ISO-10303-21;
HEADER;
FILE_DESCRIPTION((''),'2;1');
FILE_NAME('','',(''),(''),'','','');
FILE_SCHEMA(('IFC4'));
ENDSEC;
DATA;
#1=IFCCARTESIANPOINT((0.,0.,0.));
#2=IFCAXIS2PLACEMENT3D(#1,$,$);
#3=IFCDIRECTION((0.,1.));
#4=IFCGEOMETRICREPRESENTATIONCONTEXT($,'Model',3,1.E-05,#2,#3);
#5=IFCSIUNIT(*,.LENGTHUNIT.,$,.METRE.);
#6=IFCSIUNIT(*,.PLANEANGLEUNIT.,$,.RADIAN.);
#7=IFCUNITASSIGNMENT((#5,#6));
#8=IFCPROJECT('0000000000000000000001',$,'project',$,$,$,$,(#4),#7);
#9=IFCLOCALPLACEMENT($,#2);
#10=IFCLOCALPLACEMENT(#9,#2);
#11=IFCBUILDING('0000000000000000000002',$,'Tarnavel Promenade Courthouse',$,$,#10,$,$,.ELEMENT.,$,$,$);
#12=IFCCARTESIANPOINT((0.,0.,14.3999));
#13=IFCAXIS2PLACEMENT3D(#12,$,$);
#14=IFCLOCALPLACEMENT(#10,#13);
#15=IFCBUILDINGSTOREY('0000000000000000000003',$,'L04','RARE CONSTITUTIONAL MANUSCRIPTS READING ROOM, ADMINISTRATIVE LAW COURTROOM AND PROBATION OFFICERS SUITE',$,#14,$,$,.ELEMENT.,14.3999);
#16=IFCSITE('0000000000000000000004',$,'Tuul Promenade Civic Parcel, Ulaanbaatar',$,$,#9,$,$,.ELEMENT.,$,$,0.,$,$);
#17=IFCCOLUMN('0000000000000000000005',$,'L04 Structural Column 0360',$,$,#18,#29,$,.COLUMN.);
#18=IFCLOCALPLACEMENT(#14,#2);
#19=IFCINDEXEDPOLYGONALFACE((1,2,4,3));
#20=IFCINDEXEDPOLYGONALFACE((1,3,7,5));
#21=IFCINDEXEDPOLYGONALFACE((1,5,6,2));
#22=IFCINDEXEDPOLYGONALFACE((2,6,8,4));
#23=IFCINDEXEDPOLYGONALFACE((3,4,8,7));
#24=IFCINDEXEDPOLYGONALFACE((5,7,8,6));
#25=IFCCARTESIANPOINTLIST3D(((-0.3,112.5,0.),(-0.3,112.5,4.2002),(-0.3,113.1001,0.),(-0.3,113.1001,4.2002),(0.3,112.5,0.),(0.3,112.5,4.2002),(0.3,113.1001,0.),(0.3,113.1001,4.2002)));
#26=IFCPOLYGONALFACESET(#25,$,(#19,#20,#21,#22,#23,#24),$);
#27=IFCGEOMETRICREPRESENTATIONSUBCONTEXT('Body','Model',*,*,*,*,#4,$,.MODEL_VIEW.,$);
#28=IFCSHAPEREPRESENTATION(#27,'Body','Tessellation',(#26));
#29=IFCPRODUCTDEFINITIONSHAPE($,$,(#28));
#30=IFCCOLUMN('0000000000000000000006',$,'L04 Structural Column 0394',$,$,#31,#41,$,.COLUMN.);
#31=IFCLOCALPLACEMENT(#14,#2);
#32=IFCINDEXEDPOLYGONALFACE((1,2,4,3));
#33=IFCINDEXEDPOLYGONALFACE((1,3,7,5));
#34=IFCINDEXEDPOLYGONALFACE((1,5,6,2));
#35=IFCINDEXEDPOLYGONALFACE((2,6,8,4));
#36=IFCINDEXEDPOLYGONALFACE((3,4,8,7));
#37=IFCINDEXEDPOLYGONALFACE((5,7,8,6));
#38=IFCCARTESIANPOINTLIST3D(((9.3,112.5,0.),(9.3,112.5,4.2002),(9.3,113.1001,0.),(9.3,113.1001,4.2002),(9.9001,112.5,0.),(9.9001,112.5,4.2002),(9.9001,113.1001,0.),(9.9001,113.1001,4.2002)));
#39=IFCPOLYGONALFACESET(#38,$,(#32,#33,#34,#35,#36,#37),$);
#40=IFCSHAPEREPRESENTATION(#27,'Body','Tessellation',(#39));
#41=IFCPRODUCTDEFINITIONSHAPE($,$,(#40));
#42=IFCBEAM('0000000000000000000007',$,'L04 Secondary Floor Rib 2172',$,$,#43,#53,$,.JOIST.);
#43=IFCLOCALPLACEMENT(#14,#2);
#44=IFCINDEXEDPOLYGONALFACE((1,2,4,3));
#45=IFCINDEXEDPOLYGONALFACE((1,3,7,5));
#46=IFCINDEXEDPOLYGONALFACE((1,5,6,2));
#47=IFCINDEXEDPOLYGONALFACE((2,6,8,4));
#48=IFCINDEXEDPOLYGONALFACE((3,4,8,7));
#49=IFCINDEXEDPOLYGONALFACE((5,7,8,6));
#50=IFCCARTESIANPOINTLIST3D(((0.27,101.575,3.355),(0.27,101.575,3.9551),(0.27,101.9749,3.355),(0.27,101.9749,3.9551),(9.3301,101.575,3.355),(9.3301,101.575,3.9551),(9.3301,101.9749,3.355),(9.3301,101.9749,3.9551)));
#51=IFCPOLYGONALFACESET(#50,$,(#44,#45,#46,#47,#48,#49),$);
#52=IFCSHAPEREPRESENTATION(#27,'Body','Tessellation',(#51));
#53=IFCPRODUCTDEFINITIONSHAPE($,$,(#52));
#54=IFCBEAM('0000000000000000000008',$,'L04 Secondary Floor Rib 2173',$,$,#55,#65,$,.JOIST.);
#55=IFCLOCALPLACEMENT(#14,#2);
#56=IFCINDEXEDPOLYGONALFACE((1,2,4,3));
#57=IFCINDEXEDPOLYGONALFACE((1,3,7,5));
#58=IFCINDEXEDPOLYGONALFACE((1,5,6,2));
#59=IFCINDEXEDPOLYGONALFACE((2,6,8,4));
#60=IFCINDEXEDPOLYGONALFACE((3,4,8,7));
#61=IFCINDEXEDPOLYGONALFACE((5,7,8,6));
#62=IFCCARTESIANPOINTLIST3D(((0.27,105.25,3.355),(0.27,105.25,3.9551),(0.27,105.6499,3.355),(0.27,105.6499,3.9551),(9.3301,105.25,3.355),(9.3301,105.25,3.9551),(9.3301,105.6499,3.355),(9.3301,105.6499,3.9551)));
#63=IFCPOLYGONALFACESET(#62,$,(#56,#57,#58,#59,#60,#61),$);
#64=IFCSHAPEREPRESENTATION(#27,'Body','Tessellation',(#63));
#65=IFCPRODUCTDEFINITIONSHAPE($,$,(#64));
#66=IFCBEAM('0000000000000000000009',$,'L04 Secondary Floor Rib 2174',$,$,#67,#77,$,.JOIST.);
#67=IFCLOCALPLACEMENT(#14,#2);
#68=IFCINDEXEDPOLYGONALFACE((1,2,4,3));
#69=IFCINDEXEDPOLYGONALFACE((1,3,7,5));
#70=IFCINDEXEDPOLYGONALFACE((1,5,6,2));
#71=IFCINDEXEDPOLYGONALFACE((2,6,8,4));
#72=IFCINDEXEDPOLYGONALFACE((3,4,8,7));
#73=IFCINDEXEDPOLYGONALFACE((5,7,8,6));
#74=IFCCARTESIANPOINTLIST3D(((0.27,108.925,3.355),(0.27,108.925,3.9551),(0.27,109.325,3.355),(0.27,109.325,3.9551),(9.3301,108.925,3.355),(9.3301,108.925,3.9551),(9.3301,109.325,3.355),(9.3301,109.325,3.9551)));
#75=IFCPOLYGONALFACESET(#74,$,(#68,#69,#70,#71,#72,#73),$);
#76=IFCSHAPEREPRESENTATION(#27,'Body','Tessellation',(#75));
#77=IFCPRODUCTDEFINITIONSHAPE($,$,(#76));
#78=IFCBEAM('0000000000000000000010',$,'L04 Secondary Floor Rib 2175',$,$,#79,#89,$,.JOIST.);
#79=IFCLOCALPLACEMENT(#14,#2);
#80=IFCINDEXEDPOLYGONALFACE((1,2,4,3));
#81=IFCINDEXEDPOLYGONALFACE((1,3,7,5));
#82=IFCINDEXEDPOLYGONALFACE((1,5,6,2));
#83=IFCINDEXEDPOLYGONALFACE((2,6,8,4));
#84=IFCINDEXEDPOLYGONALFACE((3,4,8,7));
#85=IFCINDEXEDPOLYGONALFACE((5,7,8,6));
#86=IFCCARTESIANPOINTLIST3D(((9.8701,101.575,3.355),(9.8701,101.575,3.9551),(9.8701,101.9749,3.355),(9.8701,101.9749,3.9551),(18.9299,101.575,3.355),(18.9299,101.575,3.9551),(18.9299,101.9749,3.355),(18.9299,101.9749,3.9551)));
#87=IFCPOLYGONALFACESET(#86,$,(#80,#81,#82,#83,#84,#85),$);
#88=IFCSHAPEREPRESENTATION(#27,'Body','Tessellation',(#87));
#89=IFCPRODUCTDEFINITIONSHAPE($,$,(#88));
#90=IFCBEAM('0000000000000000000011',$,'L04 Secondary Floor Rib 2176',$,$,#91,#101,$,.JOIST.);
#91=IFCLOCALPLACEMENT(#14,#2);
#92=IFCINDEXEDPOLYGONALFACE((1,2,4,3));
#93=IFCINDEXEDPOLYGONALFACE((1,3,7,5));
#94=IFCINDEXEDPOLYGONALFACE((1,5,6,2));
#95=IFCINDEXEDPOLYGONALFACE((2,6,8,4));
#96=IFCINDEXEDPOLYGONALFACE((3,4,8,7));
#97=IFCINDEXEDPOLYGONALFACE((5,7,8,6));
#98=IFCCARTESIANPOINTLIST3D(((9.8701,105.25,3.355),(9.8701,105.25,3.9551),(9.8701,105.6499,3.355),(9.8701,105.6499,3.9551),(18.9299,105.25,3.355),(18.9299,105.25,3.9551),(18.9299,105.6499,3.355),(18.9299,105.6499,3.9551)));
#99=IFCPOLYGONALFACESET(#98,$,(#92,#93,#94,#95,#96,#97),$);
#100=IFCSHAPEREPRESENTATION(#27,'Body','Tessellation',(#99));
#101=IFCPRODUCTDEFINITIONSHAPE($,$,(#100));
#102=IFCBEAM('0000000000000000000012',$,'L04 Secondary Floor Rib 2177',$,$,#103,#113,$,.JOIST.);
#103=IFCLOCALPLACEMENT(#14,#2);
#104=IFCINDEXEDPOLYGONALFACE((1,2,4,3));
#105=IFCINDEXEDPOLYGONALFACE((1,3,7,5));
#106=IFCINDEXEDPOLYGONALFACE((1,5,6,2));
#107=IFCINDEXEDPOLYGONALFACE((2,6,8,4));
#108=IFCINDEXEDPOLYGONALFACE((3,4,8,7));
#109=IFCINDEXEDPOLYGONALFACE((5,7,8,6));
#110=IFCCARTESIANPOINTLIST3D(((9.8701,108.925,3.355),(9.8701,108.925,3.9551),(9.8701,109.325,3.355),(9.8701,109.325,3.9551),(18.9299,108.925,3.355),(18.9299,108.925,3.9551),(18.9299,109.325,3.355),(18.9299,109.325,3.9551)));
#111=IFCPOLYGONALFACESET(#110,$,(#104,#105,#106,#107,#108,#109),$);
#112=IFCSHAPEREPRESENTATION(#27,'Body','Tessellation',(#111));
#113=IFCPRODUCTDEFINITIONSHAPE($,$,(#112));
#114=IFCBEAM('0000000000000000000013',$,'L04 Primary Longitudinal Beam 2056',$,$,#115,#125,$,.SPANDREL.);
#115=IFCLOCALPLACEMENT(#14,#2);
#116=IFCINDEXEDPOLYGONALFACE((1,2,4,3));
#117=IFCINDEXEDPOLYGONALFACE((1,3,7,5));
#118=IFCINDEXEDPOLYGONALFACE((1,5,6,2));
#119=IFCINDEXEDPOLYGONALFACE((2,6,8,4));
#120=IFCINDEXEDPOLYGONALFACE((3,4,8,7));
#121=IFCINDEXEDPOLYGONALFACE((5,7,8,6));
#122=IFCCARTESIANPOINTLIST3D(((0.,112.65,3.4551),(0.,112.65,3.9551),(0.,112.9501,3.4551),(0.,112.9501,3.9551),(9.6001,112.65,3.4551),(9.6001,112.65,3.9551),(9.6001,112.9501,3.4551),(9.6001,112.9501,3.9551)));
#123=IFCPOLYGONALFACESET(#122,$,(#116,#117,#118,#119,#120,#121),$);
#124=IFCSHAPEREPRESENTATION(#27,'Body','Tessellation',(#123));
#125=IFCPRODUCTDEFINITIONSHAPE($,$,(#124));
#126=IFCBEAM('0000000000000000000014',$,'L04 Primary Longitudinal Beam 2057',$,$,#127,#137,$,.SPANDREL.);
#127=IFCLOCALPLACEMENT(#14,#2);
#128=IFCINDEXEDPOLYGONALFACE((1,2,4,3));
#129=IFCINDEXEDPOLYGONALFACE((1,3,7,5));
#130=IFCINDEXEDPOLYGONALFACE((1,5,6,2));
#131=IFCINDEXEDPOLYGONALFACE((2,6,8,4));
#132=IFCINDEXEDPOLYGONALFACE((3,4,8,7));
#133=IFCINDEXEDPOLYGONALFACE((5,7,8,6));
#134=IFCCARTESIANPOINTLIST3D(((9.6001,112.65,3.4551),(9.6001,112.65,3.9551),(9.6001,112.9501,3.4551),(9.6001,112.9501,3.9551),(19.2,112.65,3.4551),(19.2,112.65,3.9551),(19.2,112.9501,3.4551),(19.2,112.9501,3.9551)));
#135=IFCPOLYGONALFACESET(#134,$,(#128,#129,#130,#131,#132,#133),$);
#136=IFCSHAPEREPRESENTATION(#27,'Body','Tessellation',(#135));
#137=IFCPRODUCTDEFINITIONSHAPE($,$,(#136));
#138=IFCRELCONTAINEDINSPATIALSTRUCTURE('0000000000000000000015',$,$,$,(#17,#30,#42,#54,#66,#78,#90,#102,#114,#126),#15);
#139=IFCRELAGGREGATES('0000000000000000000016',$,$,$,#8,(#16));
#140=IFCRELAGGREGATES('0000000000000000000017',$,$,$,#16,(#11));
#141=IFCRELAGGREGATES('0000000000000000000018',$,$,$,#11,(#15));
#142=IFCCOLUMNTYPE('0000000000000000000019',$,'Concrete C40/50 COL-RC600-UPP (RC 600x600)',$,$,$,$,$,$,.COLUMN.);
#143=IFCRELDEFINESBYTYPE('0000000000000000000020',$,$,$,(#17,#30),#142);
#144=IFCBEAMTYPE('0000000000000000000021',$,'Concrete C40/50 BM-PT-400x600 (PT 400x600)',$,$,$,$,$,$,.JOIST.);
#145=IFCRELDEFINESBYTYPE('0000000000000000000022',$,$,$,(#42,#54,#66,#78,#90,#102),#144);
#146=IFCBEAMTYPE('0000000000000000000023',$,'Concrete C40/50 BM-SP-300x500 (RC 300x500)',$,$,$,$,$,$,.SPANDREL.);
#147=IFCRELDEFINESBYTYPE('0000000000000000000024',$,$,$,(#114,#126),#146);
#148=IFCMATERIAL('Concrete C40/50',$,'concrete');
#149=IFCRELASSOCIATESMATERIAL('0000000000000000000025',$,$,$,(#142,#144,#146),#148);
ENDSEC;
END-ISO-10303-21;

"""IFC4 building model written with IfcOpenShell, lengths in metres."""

from ifc_helpers import new_model, si_unit, direction, frame, origin, origin_2d, place, context, subcontext, project, spatial, rectangle, extrude, material, material_profile, profile_set, type_object, element, save


model = new_model("IFC4")

# Units and contexts
model_context = context("Model", 3, precision=1e-05, world=origin(), true_north=direction((0.0, 1.0)))
body_context = subcontext(model_context, "Body", "Model", "MODEL_VIEW")
ifc_project = project(units=[si_unit("LENGTHUNIT", "METRE"), si_unit("PLANEANGLEUNIT", "RADIAN")], contexts=[model_context])

# Site, building, storey
site_placement = place(None, origin())
site = spatial("IfcSite", under=ifc_project, at=site_placement, Name="Tuul Promenade Civic Parcel, Ulaanbaatar", CompositionType="ELEMENT", RefElevation=0.0)
building_placement = place(site_placement, origin())
building = spatial("IfcBuilding", under=site, at=building_placement, Name="Tarnavel Promenade Courthouse", CompositionType="ELEMENT")
storey_placement = place(building_placement, frame((0.0, 0.0, 14.3999)))
storey = spatial("IfcBuildingStorey", under=building, at=storey_placement, Name="L04", Description="RARE CONSTITUTIONAL MANUSCRIPTS READING ROOM, ADMINISTRATIVE LAW COURTROOM AND PROBATION OFFICERS SUITE", CompositionType="ELEMENT", Elevation=14.3999)

# Columns
ifc_material_1 = material(Name="Concrete C40/50", Category="concrete")
ifc_material_profile_1 = material_profile(ifc_material_1, rectangle(XDim=0.6001, YDim=0.6001, at=origin_2d()), Name="RC 600x600")
ifc_profile_set_1 = profile_set([ifc_material_profile_1], Name="Concrete C40/50")
column_type = type_object("IfcColumnType", Name="Concrete C40/50 COL-RC600-UPP (RC 600x600)", PredefinedType="COLUMN", material=ifc_profile_set_1)
for number, where, z_axis, x_axis, name in (
    (1, (0.0, 112.8, 0.0), (0.0, 0.0, 1.0), (1.0, 0.0, 0.0), "L04 Structural Column 0360"),
    (2, (9.6001, 112.8, 0.0), (0.0, 0.0, 1.0), (1.0, 0.0, 0.0), "L04 Structural Column 0394"),
):
    element("IfcColumn", number, at=place(storey_placement, frame(where, z_axis=z_axis, x_axis=x_axis)), inside=storey, type_object=column_type, Name=name, PredefinedType="COLUMN", context=body_context, shape_type="SweptSolid", body=[
        extrude(rectangle(XDim=0.6001, YDim=0.6001, at=origin_2d()), origin(), (0.0, 0.0, 1.0), 4.2002),
    ])

# Beams
ifc_material_profile_2 = material_profile(ifc_material_1, rectangle(XDim=0.3999, YDim=0.6001, at=origin_2d()), Name="PT 400x600")
ifc_profile_set_2 = profile_set([ifc_material_profile_2], Name="Concrete C40/50")
beam_type_1 = type_object("IfcBeamType", Name="Concrete C40/50 BM-PT-400x600 (PT 400x600)", PredefinedType="JOIST", material=ifc_profile_set_2)
for number, where, z_axis, x_axis, name in (
    (3, (0.27, 101.7749, 3.655), (1.0, 0.0, 0.0), (0.0, 1.0, 0.0), "L04 Secondary Floor Rib 2172"),
    (4, (0.27, 105.45, 3.655), (1.0, 0.0, 0.0), (0.0, 1.0, 0.0), "L04 Secondary Floor Rib 2173"),
    (5, (0.27, 109.125, 3.655), (1.0, 0.0, 0.0), (0.0, 1.0, 0.0), "L04 Secondary Floor Rib 2174"),
):
    element("IfcBeam", number, at=place(storey_placement, frame(where, z_axis=z_axis, x_axis=x_axis)), inside=storey, type_object=beam_type_1, Name=name, PredefinedType="JOIST", context=body_context, shape_type="SweptSolid", body=[
        extrude(rectangle(XDim=0.3999, YDim=0.6001, at=origin_2d()), origin(), (0.0, 0.0, 1.0), 9.0601),
    ])
for number, where, z_axis, x_axis, name in (
    (6, (9.8701, 101.7749, 3.655), (1.0, 0.0, 0.0), (0.0, 1.0, 0.0), "L04 Secondary Floor Rib 2175"),
    (7, (9.8701, 105.45, 3.655), (1.0, 0.0, 0.0), (0.0, 1.0, 0.0), "L04 Secondary Floor Rib 2176"),
    (8, (9.8701, 109.125, 3.655), (1.0, 0.0, 0.0), (0.0, 1.0, 0.0), "L04 Secondary Floor Rib 2177"),
):
    element("IfcBeam", number, at=place(storey_placement, frame(where, z_axis=z_axis, x_axis=x_axis)), inside=storey, type_object=beam_type_1, Name=name, PredefinedType="JOIST", context=body_context, shape_type="SweptSolid", body=[
        extrude(rectangle(XDim=0.3999, YDim=0.6001, at=origin_2d()), origin(), (0.0, 0.0, 1.0), 9.0598),
    ])
ifc_material_profile_3 = material_profile(ifc_material_1, rectangle(XDim=0.3, YDim=0.5, at=origin_2d()), Name="RC 300x500")
ifc_profile_set_3 = profile_set([ifc_material_profile_3], Name="Concrete C40/50")
beam_type_2 = type_object("IfcBeamType", Name="Concrete C40/50 BM-SP-300x500 (RC 300x500)", PredefinedType="SPANDREL", material=ifc_profile_set_3)
beam_1_placement = place(storey_placement, frame((0.0, 112.8, 3.7051), z_axis=(1.0, 0.0, 0.0), x_axis=(0.0, 1.0, 0.0)))
element("IfcBeam", 9, at=beam_1_placement, inside=storey, type_object=beam_type_2, Name="L04 Primary Longitudinal Beam 2056", PredefinedType="SPANDREL", context=body_context, shape_type="SweptSolid", body=[
    extrude(rectangle(XDim=0.3, YDim=0.5, at=origin_2d()), origin(), (0.0, 0.0, 1.0), 9.6001),
])
beam_2_placement = place(storey_placement, frame((9.6001, 112.8, 3.7051), z_axis=(1.0, 0.0, 0.0), x_axis=(0.0, 1.0, 0.0)))
element("IfcBeam", 10, at=beam_2_placement, inside=storey, type_object=beam_type_2, Name="L04 Primary Longitudinal Beam 2057", PredefinedType="SPANDREL", context=body_context, shape_type="SweptSolid", body=[
    extrude(rectangle(XDim=0.3, YDim=0.5, at=origin_2d()), origin(), (0.0, 0.0, 1.0), 9.5999),
])

save(model, "model.ifc")
